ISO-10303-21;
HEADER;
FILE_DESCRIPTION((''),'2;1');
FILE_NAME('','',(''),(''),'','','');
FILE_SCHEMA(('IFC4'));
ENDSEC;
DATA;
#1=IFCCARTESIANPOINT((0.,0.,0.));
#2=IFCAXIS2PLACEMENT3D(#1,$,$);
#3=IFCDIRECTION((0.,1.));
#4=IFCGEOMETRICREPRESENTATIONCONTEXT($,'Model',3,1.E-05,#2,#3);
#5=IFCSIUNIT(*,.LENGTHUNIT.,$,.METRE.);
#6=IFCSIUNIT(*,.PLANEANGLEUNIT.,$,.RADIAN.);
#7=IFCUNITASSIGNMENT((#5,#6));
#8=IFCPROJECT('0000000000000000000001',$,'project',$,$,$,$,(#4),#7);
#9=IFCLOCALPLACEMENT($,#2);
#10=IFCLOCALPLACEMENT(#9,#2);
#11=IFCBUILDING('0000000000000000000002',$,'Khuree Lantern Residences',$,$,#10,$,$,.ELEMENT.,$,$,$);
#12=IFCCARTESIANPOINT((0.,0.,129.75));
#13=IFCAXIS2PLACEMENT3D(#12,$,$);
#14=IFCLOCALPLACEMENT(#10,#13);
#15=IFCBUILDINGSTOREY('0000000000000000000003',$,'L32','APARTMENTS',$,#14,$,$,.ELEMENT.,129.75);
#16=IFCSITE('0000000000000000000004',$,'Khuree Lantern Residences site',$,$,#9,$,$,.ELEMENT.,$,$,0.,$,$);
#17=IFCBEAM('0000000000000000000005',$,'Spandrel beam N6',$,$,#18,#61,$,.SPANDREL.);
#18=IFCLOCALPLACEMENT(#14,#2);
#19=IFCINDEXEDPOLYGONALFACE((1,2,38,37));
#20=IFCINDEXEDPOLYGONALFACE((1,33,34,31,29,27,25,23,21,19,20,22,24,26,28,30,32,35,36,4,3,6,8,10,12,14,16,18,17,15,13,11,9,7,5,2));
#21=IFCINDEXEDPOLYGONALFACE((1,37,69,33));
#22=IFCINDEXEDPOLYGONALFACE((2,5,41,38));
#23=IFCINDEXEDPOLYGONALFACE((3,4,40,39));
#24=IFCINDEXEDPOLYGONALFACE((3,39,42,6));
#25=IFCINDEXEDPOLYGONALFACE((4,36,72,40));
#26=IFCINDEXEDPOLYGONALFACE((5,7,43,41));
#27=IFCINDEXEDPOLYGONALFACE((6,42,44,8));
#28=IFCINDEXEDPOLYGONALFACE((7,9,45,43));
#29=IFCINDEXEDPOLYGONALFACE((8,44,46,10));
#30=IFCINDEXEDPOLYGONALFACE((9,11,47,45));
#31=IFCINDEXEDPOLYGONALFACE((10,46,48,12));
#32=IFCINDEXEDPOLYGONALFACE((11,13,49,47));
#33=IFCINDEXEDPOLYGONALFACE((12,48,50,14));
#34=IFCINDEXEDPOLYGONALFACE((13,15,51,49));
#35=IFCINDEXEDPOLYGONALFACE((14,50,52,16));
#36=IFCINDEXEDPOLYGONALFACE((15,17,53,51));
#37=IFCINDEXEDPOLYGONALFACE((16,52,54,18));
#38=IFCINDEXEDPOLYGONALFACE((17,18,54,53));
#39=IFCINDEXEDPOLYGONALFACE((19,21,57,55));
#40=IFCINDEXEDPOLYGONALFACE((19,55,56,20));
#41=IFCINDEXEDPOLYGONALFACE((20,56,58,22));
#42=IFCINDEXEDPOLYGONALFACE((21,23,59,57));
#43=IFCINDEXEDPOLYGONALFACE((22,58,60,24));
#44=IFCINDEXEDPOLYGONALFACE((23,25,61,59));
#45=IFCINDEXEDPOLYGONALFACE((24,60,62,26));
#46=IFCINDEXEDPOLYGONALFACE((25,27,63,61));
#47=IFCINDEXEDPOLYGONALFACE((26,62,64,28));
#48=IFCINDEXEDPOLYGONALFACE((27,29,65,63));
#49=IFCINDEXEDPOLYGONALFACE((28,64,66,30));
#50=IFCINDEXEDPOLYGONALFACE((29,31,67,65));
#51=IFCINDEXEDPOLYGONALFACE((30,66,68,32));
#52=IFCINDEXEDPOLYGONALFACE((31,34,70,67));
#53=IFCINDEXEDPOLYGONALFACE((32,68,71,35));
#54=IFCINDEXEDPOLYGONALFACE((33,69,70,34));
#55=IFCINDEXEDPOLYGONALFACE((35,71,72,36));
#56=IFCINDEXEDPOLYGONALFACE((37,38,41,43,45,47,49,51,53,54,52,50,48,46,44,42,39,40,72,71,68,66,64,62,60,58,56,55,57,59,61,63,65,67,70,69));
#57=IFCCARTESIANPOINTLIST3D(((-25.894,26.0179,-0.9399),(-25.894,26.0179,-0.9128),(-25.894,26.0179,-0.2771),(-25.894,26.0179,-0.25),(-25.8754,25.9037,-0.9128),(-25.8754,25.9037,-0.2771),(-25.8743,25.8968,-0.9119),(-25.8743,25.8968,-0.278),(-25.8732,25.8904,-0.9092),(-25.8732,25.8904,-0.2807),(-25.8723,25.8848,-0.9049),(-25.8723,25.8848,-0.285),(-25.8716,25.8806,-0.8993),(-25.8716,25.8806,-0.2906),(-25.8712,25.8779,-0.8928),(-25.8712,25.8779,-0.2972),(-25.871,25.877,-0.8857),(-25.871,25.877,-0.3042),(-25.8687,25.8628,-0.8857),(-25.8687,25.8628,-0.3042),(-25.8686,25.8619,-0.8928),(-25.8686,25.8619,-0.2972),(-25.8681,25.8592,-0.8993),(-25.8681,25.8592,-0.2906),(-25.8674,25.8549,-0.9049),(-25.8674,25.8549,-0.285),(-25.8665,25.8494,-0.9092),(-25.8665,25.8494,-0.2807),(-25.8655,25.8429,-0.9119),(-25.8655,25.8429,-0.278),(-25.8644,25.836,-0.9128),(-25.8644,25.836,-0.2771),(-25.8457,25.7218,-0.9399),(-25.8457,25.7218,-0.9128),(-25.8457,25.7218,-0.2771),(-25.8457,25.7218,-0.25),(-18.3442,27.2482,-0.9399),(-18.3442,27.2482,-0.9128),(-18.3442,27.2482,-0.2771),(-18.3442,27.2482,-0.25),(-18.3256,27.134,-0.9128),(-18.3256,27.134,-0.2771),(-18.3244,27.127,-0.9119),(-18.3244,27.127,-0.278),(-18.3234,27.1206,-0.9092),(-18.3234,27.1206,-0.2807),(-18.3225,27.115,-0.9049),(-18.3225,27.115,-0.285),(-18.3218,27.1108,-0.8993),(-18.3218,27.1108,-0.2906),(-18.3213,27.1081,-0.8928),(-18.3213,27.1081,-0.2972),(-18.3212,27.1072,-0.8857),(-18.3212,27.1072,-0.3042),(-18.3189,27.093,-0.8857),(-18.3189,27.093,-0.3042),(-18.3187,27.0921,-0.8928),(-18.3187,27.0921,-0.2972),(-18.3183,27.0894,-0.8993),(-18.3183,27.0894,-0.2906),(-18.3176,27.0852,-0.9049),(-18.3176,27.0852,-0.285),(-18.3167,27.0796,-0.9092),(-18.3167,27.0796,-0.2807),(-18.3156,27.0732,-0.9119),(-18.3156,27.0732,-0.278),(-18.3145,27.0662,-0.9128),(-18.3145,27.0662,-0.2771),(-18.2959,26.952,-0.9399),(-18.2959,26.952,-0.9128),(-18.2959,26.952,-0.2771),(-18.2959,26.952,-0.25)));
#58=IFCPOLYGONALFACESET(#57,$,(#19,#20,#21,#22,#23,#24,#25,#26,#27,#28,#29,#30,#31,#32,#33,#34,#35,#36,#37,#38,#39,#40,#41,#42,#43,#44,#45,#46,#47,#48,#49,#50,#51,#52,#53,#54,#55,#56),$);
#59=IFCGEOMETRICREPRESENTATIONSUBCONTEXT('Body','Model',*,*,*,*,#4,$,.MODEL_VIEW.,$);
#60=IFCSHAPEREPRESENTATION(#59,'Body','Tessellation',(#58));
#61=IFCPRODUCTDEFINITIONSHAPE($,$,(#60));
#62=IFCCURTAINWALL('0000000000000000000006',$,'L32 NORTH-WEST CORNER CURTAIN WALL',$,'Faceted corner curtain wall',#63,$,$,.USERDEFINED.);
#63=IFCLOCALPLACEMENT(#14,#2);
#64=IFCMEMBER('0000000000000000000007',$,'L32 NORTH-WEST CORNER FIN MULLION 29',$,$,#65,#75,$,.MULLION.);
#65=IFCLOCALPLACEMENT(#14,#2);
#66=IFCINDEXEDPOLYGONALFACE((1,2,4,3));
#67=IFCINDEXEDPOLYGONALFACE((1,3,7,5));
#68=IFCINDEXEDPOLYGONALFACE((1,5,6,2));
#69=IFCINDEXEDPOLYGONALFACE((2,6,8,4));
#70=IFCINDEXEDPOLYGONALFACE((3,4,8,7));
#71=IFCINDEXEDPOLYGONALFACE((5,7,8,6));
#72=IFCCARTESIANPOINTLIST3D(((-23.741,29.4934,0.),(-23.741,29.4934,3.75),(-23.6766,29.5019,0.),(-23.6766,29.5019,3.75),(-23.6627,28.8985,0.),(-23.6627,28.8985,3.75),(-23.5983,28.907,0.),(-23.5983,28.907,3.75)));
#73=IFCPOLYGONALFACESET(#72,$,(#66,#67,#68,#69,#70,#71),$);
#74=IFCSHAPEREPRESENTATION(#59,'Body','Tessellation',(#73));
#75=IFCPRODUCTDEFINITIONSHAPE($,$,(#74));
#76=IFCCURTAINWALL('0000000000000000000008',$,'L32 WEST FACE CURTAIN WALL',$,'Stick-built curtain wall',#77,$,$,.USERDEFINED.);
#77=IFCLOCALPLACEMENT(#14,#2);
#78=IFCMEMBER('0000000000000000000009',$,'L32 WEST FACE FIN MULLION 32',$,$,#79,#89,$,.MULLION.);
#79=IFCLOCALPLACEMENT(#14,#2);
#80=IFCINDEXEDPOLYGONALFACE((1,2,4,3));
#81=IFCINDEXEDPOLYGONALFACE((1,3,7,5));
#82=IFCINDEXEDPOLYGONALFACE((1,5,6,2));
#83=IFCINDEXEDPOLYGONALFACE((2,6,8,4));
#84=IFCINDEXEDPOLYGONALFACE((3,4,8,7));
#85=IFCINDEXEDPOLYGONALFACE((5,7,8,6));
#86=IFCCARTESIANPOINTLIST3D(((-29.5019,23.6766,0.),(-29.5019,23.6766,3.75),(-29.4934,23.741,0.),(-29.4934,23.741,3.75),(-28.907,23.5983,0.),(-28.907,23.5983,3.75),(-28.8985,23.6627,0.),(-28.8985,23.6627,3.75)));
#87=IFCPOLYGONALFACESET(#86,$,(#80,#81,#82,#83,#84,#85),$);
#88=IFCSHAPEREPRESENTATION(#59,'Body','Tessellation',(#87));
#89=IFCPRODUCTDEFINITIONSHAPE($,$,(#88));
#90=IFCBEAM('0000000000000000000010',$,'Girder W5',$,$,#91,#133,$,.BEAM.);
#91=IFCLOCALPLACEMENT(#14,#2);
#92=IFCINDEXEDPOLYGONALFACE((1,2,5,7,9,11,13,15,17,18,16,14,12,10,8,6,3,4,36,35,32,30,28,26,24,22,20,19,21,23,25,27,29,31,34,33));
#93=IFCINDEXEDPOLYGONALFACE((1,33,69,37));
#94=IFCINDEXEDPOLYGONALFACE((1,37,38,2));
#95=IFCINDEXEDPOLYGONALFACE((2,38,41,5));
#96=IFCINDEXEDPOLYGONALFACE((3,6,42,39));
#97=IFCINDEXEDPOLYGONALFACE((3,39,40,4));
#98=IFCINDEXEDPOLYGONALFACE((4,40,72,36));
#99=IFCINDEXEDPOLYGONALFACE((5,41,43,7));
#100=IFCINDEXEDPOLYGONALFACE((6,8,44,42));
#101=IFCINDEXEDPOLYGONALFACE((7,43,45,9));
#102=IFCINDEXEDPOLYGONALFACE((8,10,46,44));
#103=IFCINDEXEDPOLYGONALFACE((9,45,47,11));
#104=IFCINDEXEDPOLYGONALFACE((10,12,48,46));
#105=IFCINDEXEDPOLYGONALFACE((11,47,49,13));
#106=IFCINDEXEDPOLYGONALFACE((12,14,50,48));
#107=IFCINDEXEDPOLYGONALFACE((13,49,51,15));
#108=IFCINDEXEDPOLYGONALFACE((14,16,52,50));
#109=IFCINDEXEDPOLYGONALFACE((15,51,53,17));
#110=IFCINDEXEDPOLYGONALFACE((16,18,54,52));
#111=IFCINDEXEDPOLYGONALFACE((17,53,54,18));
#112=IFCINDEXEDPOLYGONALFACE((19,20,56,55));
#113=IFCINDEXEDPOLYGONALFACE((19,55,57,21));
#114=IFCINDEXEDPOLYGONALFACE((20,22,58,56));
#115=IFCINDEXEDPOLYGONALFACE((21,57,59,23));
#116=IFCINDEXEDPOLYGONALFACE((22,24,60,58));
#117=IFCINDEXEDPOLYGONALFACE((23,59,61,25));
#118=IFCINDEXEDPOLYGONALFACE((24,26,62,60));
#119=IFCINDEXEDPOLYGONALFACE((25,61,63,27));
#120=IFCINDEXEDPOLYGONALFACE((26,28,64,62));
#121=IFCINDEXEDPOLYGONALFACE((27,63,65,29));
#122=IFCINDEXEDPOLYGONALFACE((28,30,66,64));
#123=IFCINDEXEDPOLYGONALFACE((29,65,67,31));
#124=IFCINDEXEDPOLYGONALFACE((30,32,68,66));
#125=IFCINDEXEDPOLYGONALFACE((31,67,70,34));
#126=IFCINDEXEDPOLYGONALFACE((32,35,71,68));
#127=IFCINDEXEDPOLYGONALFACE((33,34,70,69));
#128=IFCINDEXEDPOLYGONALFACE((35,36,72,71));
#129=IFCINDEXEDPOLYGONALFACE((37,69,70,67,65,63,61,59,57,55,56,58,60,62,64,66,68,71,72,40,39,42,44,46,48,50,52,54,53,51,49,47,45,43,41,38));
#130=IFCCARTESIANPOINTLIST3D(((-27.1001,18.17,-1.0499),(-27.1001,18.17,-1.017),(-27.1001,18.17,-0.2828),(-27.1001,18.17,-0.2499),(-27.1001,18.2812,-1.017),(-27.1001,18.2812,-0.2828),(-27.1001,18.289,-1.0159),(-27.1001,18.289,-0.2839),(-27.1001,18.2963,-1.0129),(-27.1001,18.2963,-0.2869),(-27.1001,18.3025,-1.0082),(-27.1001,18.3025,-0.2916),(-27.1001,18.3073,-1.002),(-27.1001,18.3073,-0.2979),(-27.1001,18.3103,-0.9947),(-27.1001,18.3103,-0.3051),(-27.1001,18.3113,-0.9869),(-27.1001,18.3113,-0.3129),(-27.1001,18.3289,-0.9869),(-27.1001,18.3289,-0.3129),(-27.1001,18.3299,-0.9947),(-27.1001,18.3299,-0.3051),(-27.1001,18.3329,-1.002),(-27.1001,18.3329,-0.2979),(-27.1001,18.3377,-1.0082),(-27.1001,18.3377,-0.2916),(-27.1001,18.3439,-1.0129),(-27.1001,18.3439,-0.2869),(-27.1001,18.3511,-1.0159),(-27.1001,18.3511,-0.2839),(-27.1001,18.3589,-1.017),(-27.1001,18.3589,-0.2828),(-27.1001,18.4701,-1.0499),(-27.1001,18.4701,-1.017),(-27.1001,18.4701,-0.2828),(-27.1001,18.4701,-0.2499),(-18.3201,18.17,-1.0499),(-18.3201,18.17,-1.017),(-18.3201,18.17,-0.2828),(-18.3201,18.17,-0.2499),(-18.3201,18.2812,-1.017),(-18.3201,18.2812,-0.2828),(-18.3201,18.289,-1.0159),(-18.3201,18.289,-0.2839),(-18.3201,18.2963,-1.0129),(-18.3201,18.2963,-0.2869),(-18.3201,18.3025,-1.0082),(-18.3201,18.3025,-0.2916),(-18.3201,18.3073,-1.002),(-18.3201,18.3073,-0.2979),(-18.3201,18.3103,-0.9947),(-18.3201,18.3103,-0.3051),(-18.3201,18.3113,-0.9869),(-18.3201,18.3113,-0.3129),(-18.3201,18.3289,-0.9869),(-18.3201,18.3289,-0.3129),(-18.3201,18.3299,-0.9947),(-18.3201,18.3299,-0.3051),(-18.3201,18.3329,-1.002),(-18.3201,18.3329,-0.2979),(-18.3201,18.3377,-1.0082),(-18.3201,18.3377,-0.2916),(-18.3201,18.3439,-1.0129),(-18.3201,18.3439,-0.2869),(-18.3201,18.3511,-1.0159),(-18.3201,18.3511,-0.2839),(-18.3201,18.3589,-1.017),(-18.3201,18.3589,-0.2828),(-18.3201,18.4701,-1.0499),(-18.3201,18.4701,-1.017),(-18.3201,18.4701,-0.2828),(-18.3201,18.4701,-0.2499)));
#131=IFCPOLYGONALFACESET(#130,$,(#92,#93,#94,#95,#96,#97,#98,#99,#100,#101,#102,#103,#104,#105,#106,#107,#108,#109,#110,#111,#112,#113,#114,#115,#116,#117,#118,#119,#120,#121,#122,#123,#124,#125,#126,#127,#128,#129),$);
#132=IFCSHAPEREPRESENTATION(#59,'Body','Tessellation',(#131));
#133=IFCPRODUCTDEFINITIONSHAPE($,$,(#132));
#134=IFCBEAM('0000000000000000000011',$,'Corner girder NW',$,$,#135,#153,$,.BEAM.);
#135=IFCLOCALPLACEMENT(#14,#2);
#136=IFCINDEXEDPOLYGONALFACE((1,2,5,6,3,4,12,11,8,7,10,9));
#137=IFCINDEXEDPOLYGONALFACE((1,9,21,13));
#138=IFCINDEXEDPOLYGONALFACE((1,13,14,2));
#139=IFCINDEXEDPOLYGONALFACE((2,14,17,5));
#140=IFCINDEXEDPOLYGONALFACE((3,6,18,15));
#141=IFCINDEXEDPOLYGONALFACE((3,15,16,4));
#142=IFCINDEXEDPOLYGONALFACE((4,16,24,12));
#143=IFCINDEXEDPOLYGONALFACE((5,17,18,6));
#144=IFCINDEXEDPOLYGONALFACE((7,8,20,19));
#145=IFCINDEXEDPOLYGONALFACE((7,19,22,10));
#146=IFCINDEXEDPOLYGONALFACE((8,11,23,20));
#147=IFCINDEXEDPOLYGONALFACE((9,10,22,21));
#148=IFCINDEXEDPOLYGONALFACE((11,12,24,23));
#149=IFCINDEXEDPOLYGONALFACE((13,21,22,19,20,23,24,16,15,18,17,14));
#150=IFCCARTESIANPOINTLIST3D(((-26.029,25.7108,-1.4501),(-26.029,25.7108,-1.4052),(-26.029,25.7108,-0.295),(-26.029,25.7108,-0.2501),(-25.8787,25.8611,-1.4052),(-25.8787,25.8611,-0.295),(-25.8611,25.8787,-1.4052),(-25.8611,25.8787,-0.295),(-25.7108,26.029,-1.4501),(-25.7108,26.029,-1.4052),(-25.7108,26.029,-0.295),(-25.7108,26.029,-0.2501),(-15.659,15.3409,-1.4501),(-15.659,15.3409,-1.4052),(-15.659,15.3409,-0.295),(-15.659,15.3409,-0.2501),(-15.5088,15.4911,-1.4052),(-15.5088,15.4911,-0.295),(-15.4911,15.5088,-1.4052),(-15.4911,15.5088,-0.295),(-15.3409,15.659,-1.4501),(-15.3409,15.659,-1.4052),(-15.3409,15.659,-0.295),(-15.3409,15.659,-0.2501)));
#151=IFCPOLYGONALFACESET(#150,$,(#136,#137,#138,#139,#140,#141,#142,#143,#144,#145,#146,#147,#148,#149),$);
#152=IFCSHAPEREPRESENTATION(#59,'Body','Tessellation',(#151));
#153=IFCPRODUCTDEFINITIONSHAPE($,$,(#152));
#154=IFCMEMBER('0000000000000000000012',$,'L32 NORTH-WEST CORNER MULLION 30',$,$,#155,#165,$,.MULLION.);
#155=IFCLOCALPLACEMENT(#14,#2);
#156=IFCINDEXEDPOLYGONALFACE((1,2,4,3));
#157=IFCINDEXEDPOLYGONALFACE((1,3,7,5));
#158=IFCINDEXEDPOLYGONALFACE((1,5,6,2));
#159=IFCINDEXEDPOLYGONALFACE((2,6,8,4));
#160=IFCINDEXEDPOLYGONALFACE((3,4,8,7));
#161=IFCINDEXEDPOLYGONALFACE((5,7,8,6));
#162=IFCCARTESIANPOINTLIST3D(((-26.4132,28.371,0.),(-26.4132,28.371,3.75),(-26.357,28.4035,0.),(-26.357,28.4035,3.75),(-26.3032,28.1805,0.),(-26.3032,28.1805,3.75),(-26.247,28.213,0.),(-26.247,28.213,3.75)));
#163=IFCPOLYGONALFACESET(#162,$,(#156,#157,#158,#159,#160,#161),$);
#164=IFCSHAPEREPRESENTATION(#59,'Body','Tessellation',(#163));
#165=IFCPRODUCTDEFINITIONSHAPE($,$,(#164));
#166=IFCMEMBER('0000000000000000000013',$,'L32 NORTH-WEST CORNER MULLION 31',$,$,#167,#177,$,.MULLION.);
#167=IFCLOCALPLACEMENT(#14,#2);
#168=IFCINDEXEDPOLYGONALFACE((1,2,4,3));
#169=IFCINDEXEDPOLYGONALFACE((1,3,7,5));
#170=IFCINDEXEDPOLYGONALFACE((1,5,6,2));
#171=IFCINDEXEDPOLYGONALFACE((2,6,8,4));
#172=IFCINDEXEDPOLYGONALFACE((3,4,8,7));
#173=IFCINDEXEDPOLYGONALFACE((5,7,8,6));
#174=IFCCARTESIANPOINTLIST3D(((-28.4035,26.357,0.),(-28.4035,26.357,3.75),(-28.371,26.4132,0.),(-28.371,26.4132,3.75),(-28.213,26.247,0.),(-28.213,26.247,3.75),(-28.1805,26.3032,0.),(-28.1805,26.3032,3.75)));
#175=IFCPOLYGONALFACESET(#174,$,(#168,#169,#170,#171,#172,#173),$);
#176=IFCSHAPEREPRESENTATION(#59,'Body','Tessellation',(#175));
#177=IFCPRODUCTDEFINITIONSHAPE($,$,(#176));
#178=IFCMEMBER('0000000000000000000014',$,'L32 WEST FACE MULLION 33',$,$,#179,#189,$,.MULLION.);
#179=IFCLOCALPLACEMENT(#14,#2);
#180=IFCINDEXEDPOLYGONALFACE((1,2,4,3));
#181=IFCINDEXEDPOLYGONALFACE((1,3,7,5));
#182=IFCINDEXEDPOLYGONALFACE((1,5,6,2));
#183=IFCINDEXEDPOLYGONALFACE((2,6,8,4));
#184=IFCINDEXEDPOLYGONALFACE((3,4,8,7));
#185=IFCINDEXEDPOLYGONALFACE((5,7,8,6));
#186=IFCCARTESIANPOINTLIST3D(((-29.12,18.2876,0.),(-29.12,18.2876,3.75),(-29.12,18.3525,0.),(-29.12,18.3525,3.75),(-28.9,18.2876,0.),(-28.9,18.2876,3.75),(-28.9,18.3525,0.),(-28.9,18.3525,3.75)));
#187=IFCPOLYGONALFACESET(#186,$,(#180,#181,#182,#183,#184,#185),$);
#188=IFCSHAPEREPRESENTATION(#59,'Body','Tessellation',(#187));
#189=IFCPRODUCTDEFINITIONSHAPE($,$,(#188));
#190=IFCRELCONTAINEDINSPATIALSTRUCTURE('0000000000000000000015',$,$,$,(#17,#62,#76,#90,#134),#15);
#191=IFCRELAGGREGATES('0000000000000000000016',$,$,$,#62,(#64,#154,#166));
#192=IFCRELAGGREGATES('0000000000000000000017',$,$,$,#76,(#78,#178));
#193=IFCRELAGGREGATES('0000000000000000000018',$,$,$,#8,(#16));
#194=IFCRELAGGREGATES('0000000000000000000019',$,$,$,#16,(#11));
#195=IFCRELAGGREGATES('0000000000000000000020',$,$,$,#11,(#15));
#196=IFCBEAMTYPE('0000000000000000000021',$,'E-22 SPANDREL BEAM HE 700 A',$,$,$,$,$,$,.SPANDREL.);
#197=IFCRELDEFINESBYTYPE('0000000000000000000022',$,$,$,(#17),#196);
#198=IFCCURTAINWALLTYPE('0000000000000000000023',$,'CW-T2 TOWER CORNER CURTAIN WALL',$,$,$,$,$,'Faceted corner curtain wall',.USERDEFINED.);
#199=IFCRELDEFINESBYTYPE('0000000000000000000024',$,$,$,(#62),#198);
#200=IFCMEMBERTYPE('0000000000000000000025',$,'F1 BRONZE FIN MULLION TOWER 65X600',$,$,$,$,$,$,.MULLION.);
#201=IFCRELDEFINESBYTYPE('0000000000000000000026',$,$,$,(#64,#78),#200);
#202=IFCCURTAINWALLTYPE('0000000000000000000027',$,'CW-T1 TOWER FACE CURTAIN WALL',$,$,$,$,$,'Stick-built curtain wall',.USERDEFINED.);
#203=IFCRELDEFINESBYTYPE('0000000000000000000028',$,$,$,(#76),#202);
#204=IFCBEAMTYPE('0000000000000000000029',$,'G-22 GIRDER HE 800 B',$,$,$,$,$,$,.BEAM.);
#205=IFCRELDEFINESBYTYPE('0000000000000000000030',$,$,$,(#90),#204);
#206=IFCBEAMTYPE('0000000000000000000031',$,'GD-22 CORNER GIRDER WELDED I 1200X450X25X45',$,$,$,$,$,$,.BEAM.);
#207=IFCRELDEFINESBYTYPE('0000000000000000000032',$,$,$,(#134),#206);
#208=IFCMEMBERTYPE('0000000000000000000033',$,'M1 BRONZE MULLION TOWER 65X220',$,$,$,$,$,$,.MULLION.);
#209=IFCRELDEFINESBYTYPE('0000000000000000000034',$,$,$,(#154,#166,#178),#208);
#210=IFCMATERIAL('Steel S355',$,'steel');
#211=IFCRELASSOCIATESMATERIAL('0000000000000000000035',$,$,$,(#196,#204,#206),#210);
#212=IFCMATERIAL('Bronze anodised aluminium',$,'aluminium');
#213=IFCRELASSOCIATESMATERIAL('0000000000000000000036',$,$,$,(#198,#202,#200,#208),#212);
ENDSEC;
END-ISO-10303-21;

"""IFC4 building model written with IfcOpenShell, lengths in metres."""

from ifc_helpers import new_model, si_unit, direction, frame, origin, origin_2d, place, context, subcontext, project, spatial, rectangle, i_section, extrude, material, material_profile, profile_set, type_object, element, aggregate, save


model = new_model("IFC4")

# Units and contexts
model_context = context("Model", 3, precision=1e-05, world=origin(), true_north=direction((0.0, 1.0)))
body_context = subcontext(model_context, "Body", "Model", "MODEL_VIEW")
ifc_project = project(units=[si_unit("LENGTHUNIT", "METRE"), si_unit("PLANEANGLEUNIT", "RADIAN")], contexts=[model_context])

# Site, building, storey
site_placement = place(None, origin())
site = spatial("IfcSite", under=ifc_project, at=site_placement, Name="Khuree Lantern Residences site", CompositionType="ELEMENT", RefElevation=0.0)
building_placement = place(site_placement, origin())
building = spatial("IfcBuilding", under=site, at=building_placement, Name="Khuree Lantern Residences", CompositionType="ELEMENT")
storey_placement = place(building_placement, frame((0.0, 0.0, 129.75)))
storey = spatial("IfcBuildingStorey", under=building, at=storey_placement, Name="L32", Description="APARTMENTS", CompositionType="ELEMENT", Elevation=129.75)

# Beam
ifc_material_1 = material(Name="Steel S355", Category="steel")
ifc_material_profile_1 = material_profile(ifc_material_1, i_section(OverallWidth=0.3, OverallDepth=0.6899, WebThickness=0.0144, FlangeThickness=0.0271, FilletRadius=0.0271, at=origin_2d()), Name="HE 700 A")
ifc_profile_set_1 = profile_set([ifc_material_profile_1], Name="Steel S355")
beam_type_1 = type_object("IfcBeamType", Name="E-22 SPANDREL BEAM HE 700 A", PredefinedType="SPANDREL", material=ifc_profile_set_1)
for number, where, z_axis, x_axis, name in (
    (1, (-25.8699, 25.8699, -0.595), (0.986983, 0.160827, 0.0), (-0.160827, 0.986983, 0.0), "Spandrel beam N6"),
):
    element("IfcBeam", number, at=place(storey_placement, frame(where, z_axis=z_axis, x_axis=x_axis)), inside=storey, type_object=beam_type_1, Name=name, PredefinedType="SPANDREL", context=body_context, shape_type="SweptSolid", body=[
        extrude(i_section(OverallWidth=0.3, OverallDepth=0.6899, WebThickness=0.0144, FlangeThickness=0.0271, FilletRadius=0.0271, at=origin_2d()), origin(), (0.0, 0.0, 1.0), 7.6494),
    ])

# Curtain walls, members
ifc_material_2 = material(Name="Bronze anodised aluminium", Category="aluminium")
curtain_wall_type_1 = type_object("IfcCurtainWallType", Name="CW-T2 TOWER CORNER CURTAIN WALL", ElementType="Faceted corner curtain wall", PredefinedType="USERDEFINED", material=ifc_material_2)
curtain_wall_1_placement = place(storey_placement, origin())
curtain_wall_1 = element("IfcCurtainWall", 2, at=curtain_wall_1_placement, inside=storey, type_object=curtain_wall_type_1, Name="L32 NORTH-WEST CORNER CURTAIN WALL", ObjectType="Faceted corner curtain wall", PredefinedType="USERDEFINED")
ifc_material_profile_2 = material_profile(ifc_material_2, rectangle(XDim=0.0649, YDim=0.6001, at=origin_2d()), Name="F1 65X600")
ifc_profile_set_2 = profile_set([ifc_material_profile_2], Name="Bronze anodised aluminium")
member_type_1 = type_object("IfcMemberType", Name="F1 BRONZE FIN MULLION TOWER 65X600", PredefinedType="MULLION", material=ifc_profile_set_2)
member_1_placement = place(storey_placement, frame((-23.6697, 29.2002, 0.0), z_axis=(0.0, 0.0, 1.0), x_axis=(-0.991445, -0.130526, 0.0)))
member_1 = element("IfcMember", 3, at=member_1_placement, type_object=member_type_1, Name="L32 NORTH-WEST CORNER FIN MULLION 29", PredefinedType="MULLION", context=body_context, shape_type="SweptSolid", body=[
    extrude(rectangle(XDim=0.0649, YDim=0.6001, at=origin_2d()), origin(), (0.0, 0.0, 1.0), 3.75),
])
curtain_wall_type_2 = type_object("IfcCurtainWallType", Name="CW-T1 TOWER FACE CURTAIN WALL", ElementType="Stick-built curtain wall", PredefinedType="USERDEFINED", material=ifc_material_2)
curtain_wall_2_placement = place(storey_placement, origin())
curtain_wall_2 = element("IfcCurtainWall", 4, at=curtain_wall_2_placement, inside=storey, type_object=curtain_wall_type_2, Name="L32 WEST FACE CURTAIN WALL", ObjectType="Stick-built curtain wall", PredefinedType="USERDEFINED")
member_2_placement = place(storey_placement, frame((-29.2002, 23.6697, 0.0), z_axis=(0.0, 0.0, 1.0), x_axis=(-0.130526, -0.991445, 0.0)))
member_2 = element("IfcMember", 5, at=member_2_placement, type_object=member_type_1, Name="L32 WEST FACE FIN MULLION 32", PredefinedType="MULLION", context=body_context, shape_type="SweptSolid", body=[
    extrude(rectangle(XDim=0.0649, YDim=0.6001, at=origin_2d()), origin(), (0.0, 0.0, 1.0), 3.75),
])

# Beams
ifc_material_profile_3 = material_profile(ifc_material_1, i_section(OverallWidth=0.3, OverallDepth=0.8, WebThickness=0.0176, FlangeThickness=0.033, FilletRadius=0.03, at=origin_2d()), Name="HE 800 B")
ifc_profile_set_3 = profile_set([ifc_material_profile_3], Name="Steel S355")
beam_type_2 = type_object("IfcBeamType", Name="G-22 GIRDER HE 800 B", PredefinedType="BEAM", material=ifc_profile_set_3)
beam_1_placement = place(storey_placement, frame((-27.1001, 18.3201, -0.6499), z_axis=(1.0, 0.0, 0.0), x_axis=(0.0, 1.0, 0.0)))
element("IfcBeam", 6, at=beam_1_placement, inside=storey, type_object=beam_type_2, Name="Girder W5", PredefinedType="BEAM", context=body_context, shape_type="SweptSolid", body=[
    extrude(i_section(OverallWidth=0.3, OverallDepth=0.8, WebThickness=0.0176, FlangeThickness=0.033, FilletRadius=0.03, at=origin_2d()), origin(), (0.0, 0.0, 1.0), 8.78),
])
ifc_material_profile_4 = material_profile(ifc_material_1, i_section(OverallWidth=0.45, OverallDepth=1.2, WebThickness=0.0249, FlangeThickness=0.0449, at=origin_2d()), Name="WELDED I 1200X450X25X45")
ifc_profile_set_4 = profile_set([ifc_material_profile_4], Name="Steel S355")
beam_type_3 = type_object("IfcBeamType", Name="GD-22 CORNER GIRDER WELDED I 1200X450X25X45", PredefinedType="BEAM", material=ifc_profile_set_4)
beam_2_placement = place(storey_placement, frame((-25.8699, 25.8699, -0.8501), z_axis=(0.707107, -0.707107, 0.0), x_axis=(0.707107, 0.707107, 0.0)))
element("IfcBeam", 7, at=beam_2_placement, inside=storey, type_object=beam_type_3, Name="Corner girder NW", PredefinedType="BEAM", context=body_context, shape_type="SweptSolid", body=[
    extrude(i_section(OverallWidth=0.45, OverallDepth=1.2, WebThickness=0.0249, FlangeThickness=0.0449, at=origin_2d()), origin(), (0.0, 0.0, 1.0), 14.6653),
])

# Members
ifc_material_profile_5 = material_profile(ifc_material_2, rectangle(XDim=0.0649, YDim=0.22, at=origin_2d()), Name="M1 65X220")
ifc_profile_set_5 = profile_set([ifc_material_profile_5], Name="Bronze anodised aluminium")
member_type_2 = type_object("IfcMemberType", Name="M1 BRONZE MULLION TOWER 65X220", PredefinedType="MULLION", material=ifc_profile_set_5)
member_3_placement = place(storey_placement, frame((-26.3301, 28.292, 0.0), z_axis=(0.0, 0.0, 1.0), x_axis=(-0.866025, -0.5, 0.0)))
member_3 = element("IfcMember", 8, at=member_3_placement, type_object=member_type_2, Name="L32 NORTH-WEST CORNER MULLION 30", PredefinedType="MULLION", context=body_context, shape_type="SweptSolid", body=[
    extrude(rectangle(XDim=0.0649, YDim=0.22, at=origin_2d()), origin(), (0.0, 0.0, 1.0), 3.75),
])
member_4_placement = place(storey_placement, frame((-28.292, 26.3301, 0.0), z_axis=(0.0, 0.0, 1.0), x_axis=(-0.5, -0.866025, 0.0)))
member_4 = element("IfcMember", 9, at=member_4_placement, type_object=member_type_2, Name="L32 NORTH-WEST CORNER MULLION 31", PredefinedType="MULLION", context=body_context, shape_type="SweptSolid", body=[
    extrude(rectangle(XDim=0.0649, YDim=0.22, at=origin_2d()), origin(), (0.0, 0.0, 1.0), 3.75),
])
member_5_placement = place(storey_placement, frame((-29.01, 18.3201, 0.0), z_axis=(0.0, 0.0, 1.0), x_axis=(0.0, -1.0, 0.0)))
member_5 = element("IfcMember", 10, at=member_5_placement, type_object=member_type_2, Name="L32 WEST FACE MULLION 33", PredefinedType="MULLION", context=body_context, shape_type="SweptSolid", body=[
    extrude(rectangle(XDim=0.0649, YDim=0.22, at=origin_2d()), origin(), (0.0, 0.0, 1.0), 3.75),
])

aggregate(curtain_wall_1, [member_1, member_3, member_4])

aggregate(curtain_wall_2, [member_2, member_5])

save(model, "model.ifc")
